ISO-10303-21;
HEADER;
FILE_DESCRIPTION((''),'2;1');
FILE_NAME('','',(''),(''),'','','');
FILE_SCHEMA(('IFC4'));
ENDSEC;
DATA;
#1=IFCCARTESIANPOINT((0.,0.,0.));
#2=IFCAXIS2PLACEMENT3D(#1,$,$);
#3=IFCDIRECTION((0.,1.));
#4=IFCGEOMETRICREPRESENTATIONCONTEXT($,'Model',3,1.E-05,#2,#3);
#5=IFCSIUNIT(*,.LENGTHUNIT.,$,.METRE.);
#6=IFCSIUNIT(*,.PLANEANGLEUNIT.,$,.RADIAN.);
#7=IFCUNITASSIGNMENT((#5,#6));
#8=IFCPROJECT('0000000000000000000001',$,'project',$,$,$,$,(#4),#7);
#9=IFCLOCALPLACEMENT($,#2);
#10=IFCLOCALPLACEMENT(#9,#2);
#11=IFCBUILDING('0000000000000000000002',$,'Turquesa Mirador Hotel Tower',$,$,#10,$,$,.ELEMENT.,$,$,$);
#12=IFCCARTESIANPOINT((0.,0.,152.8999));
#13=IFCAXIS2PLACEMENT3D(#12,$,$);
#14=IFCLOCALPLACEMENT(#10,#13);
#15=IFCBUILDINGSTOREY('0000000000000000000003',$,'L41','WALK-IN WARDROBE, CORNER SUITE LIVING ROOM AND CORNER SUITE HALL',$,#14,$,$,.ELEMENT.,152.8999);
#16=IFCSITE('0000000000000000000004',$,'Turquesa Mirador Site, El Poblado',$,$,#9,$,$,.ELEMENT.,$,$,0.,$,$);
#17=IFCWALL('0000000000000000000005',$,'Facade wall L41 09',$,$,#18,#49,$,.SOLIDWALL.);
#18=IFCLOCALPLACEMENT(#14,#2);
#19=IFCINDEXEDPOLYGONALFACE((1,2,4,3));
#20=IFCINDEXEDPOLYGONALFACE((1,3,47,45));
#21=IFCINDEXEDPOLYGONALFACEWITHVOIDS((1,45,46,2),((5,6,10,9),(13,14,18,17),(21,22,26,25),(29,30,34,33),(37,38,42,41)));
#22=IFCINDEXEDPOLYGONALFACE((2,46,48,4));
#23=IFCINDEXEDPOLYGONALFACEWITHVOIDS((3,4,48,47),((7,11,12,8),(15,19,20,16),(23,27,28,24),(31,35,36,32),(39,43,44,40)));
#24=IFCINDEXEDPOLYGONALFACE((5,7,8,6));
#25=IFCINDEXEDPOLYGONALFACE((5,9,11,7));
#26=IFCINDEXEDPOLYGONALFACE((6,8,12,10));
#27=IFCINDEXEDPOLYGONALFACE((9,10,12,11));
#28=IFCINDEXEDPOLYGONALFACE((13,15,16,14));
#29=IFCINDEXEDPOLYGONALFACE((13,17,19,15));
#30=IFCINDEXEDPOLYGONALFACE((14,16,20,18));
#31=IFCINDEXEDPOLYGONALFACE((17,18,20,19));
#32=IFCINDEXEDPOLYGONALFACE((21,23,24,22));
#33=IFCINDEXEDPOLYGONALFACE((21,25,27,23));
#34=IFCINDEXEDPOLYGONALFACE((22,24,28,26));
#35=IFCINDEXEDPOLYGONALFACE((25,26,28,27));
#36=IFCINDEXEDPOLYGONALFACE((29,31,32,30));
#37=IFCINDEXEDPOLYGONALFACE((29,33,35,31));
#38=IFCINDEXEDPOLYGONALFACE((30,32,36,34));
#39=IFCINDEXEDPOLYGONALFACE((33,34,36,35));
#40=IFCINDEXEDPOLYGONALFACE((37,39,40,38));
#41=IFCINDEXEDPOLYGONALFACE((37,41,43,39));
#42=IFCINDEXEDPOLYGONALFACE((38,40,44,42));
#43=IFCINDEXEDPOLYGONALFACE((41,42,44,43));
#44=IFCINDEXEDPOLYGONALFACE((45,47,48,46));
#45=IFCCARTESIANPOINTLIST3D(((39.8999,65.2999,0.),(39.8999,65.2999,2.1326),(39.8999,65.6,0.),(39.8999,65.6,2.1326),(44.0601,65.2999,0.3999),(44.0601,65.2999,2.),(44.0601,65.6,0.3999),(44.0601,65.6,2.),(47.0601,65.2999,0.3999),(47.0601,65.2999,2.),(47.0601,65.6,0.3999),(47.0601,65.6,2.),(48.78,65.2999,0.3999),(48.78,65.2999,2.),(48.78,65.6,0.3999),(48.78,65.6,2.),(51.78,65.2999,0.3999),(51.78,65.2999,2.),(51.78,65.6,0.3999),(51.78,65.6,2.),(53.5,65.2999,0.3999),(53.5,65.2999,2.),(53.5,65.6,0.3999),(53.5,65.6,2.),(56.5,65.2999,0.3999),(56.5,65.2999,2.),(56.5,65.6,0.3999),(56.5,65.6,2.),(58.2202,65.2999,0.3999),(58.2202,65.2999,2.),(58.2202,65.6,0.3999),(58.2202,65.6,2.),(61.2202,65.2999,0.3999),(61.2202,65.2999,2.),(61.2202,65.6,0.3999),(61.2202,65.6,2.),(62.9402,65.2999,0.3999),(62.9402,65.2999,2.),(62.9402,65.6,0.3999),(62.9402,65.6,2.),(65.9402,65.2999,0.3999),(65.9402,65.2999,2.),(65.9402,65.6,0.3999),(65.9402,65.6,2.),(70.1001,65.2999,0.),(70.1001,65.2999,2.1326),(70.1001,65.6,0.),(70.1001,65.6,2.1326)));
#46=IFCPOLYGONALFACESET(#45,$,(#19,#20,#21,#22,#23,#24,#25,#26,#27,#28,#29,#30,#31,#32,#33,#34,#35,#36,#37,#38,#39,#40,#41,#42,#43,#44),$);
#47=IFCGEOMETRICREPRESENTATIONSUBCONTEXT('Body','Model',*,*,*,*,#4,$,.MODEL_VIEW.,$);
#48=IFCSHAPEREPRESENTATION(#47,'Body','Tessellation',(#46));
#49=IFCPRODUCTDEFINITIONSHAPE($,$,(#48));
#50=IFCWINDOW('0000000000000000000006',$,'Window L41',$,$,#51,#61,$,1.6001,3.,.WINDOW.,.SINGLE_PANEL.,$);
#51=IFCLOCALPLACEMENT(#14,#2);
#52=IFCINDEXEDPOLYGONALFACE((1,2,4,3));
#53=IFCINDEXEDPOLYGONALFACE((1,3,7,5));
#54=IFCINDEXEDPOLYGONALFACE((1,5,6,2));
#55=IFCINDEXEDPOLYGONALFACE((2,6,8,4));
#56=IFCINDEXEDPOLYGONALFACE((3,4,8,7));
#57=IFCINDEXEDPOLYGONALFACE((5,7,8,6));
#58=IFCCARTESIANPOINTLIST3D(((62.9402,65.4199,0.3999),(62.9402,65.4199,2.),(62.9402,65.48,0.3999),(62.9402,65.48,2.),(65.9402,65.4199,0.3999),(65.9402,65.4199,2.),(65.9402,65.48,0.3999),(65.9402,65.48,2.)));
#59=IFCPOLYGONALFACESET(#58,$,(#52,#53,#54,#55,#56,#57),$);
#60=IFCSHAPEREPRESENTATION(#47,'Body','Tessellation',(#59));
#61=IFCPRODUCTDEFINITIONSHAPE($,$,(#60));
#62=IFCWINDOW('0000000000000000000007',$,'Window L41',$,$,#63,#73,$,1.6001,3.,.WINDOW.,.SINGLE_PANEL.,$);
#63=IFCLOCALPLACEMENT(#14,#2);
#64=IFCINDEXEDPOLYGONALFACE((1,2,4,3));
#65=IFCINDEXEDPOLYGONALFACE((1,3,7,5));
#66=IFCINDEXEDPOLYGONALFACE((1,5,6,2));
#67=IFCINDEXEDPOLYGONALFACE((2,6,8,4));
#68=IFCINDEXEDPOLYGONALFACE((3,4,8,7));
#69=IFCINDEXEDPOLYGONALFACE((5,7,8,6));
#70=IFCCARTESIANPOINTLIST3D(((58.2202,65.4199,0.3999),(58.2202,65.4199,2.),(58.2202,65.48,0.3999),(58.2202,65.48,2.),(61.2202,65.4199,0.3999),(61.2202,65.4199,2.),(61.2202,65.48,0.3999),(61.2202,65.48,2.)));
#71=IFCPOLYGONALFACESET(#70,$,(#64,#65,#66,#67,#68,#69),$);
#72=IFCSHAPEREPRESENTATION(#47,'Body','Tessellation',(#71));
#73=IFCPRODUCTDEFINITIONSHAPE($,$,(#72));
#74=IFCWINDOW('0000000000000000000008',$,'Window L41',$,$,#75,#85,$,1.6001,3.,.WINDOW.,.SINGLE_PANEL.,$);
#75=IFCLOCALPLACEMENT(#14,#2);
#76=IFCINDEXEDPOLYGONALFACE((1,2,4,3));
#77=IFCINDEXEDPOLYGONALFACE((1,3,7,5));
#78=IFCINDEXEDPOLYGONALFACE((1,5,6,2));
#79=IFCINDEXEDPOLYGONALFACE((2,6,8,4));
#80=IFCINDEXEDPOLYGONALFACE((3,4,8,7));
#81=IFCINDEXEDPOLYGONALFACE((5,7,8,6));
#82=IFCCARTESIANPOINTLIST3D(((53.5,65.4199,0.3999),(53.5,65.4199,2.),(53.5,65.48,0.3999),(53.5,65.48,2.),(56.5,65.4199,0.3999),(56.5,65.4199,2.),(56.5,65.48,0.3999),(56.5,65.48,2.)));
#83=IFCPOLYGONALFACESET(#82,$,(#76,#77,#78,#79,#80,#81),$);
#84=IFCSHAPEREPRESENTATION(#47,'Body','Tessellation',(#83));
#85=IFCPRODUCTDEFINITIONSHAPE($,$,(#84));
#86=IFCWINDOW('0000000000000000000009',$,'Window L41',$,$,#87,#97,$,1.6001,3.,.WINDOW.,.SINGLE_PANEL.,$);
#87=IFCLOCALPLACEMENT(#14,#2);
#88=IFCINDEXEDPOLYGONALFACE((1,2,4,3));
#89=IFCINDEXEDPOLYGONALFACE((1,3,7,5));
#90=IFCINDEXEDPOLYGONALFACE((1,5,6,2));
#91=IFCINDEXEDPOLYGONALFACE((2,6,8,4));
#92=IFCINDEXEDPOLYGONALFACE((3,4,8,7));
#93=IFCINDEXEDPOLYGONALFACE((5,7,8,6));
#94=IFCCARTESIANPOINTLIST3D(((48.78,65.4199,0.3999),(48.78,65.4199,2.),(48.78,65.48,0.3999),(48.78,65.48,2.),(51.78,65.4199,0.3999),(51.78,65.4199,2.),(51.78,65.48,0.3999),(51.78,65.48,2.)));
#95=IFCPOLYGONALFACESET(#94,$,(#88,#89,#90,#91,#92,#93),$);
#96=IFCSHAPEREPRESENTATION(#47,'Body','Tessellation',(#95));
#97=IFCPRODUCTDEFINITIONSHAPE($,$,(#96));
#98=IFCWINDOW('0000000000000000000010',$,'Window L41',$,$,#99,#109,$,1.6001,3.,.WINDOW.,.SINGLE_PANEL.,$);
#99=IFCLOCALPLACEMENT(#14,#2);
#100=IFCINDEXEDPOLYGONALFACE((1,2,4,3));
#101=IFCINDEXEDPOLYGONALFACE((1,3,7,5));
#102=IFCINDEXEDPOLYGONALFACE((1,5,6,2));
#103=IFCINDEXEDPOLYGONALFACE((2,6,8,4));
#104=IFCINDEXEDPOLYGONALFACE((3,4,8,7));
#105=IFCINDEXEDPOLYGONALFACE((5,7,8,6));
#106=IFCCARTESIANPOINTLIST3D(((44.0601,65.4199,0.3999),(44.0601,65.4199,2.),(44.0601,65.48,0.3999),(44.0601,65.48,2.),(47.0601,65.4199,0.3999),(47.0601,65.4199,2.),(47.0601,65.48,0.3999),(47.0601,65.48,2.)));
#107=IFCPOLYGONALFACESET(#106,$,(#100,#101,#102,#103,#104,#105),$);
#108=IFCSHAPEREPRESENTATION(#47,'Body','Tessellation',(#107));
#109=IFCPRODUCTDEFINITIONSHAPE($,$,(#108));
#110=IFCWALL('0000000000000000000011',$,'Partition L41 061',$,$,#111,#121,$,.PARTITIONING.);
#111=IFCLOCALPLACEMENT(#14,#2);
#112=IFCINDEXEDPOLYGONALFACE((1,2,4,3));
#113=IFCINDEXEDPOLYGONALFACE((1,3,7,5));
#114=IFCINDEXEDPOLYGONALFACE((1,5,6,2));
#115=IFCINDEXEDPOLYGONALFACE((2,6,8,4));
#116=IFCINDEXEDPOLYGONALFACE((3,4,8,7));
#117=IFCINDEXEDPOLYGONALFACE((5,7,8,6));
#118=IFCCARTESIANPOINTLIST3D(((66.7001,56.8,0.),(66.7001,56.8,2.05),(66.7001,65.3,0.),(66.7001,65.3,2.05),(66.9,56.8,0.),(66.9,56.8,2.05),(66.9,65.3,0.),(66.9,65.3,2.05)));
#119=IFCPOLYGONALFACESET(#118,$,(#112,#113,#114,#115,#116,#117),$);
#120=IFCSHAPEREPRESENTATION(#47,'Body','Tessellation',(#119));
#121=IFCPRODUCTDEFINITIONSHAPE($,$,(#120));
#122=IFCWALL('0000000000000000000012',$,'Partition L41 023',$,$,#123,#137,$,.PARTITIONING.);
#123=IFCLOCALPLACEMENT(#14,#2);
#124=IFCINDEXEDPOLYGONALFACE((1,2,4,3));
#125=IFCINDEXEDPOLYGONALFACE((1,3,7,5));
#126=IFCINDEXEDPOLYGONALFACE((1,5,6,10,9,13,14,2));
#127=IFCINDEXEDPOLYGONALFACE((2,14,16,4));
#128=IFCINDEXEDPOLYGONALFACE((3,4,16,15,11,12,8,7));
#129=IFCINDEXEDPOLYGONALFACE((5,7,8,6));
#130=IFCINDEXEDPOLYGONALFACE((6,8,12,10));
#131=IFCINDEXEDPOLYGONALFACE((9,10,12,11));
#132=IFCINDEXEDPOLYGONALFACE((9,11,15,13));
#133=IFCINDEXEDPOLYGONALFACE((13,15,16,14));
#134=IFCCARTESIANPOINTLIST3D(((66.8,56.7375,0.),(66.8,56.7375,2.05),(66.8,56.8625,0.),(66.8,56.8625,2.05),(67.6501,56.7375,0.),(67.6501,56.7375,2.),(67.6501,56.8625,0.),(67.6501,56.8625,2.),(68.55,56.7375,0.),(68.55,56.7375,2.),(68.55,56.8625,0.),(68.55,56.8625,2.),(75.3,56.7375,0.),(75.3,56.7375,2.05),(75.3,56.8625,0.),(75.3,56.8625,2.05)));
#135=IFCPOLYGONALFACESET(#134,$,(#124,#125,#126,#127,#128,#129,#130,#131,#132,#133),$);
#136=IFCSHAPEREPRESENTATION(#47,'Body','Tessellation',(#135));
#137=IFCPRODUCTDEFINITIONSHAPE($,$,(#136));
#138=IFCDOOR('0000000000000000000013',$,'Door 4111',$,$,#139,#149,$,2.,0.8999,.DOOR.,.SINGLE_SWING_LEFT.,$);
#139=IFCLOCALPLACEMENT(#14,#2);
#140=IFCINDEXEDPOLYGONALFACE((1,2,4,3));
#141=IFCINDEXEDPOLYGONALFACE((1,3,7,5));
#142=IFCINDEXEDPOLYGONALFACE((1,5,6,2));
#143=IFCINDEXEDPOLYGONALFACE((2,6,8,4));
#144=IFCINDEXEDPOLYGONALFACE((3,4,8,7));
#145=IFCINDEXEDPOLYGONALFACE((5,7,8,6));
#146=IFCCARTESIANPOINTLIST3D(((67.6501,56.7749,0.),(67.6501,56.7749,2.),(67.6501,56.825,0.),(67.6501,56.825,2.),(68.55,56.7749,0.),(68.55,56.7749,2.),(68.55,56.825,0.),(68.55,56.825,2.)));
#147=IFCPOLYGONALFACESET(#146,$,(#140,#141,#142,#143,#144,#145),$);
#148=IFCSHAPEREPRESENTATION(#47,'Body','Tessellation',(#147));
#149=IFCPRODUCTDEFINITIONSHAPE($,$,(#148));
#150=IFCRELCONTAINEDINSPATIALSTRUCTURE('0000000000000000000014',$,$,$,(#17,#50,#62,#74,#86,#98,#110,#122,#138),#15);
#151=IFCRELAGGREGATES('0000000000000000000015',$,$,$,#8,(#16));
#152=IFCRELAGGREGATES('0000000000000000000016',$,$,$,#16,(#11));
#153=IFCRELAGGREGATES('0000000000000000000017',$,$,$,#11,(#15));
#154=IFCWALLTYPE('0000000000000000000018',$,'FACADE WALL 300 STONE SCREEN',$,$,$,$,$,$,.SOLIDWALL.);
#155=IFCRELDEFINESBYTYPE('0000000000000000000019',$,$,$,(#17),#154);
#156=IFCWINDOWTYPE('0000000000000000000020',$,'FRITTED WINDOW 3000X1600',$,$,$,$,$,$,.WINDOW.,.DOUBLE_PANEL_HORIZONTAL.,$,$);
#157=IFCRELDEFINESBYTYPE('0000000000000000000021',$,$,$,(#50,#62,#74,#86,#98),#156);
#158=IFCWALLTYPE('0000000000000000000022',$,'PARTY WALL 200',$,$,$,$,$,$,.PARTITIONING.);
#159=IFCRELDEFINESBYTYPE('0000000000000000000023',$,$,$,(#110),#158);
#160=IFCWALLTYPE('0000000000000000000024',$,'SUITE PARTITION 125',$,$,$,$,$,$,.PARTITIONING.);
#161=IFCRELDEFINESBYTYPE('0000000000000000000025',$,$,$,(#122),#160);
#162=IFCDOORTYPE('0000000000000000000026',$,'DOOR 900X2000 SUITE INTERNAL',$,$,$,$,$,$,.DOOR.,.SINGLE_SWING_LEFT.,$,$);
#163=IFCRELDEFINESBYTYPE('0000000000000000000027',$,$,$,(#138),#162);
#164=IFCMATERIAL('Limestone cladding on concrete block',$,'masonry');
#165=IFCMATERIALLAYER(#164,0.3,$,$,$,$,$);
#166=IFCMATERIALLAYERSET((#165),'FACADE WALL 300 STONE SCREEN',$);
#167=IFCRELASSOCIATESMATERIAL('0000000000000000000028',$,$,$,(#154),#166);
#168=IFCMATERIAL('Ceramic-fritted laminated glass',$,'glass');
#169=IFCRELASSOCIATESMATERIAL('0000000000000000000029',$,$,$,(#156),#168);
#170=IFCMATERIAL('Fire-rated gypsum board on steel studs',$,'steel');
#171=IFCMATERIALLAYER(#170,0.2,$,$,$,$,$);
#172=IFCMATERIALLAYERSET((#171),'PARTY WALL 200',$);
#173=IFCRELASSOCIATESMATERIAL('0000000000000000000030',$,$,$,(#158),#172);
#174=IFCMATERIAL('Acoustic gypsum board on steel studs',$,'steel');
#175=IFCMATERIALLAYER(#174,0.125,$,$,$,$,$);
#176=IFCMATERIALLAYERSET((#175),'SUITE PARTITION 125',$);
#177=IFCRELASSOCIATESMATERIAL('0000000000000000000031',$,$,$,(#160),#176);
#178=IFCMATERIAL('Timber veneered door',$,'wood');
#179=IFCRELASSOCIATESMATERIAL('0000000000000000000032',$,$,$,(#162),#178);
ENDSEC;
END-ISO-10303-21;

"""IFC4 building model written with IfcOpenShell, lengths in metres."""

from ifc_helpers import new_model, si_unit, direction, frame, frame_2d, origin, place, context, subcontext, project, spatial, rectangle, extrude, material, layer, layer_set, type_object, element, fill, save


model = new_model("IFC4")

# Units and contexts
model_context = context("Model", 3, precision=1e-05, world=origin(), true_north=direction((0.0, 1.0)))
body_context = subcontext(model_context, "Body", "Model", "MODEL_VIEW")
ifc_project = project(units=[si_unit("LENGTHUNIT", "METRE"), si_unit("PLANEANGLEUNIT", "RADIAN")], contexts=[model_context])

# Site, building, storey
site_placement = place(None, origin())
site = spatial("IfcSite", under=ifc_project, at=site_placement, Name="Turquesa Mirador Site, El Poblado", CompositionType="ELEMENT", RefElevation=0.0)
building_placement = place(site_placement, origin())
building = spatial("IfcBuilding", under=site, at=building_placement, Name="Turquesa Mirador Hotel Tower", CompositionType="ELEMENT")
storey_placement = place(building_placement, frame((0.0, 0.0, 152.8999)))
storey = spatial("IfcBuildingStorey", under=building, at=storey_placement, Name="L41", Description="WALK-IN WARDROBE, CORNER SUITE LIVING ROOM AND CORNER SUITE HALL", CompositionType="ELEMENT", Elevation=152.8999)

# Shared definitions
ifc_material_1 = material(Name="Limestone cladding on concrete block", Category="masonry")
ifc_layer_1 = layer(ifc_material_1, 0.3)
ifc_layer_set_1 = layer_set([ifc_layer_1], Name="FACADE WALL 300 STONE SCREEN")
wall_type_1 = type_object("IfcWallType", Name="FACADE WALL 300 STONE SCREEN", PredefinedType="SOLIDWALL", material=ifc_layer_set_1)

# Wall, openings, windows
wall_1_placement = place(storey_placement, frame((70.1001, 65.45, 0.0), z_axis=(0.0, 0.0, 1.0), x_axis=(-1.0, 0.0, 0.0)))
wall_1 = element("IfcWall", 1, at=wall_1_placement, inside=storey, type_object=wall_type_1, Name="Facade wall L41 09", PredefinedType="SOLIDWALL", context=body_context, shape_type="SweptSolid", body=[
    extrude(rectangle(XDim=30.2002, YDim=0.3, at=frame_2d((15.1001, 0.0))), origin(), (0.0, 0.0, 1.0), 2.1326),
])
opening_1_placement = place(wall_1_placement, frame((4.1599, 0.0, 0.3999)))
opening_1 = element("IfcOpeningElement", 2, at=opening_1_placement, cuts=wall_1, PredefinedType="OPENING", context=body_context, shape_type="SweptSolid", body=[
    extrude(rectangle(XDim=3.0, YDim=1.6001, at=frame_2d((1.5, 0.8))), frame((0.0, 0.1599, 0.0), z_axis=(0.0, -1.0, 0.0), x_axis=(1.0, 0.0, 0.0)), (0.0, 0.0, 1.0), 0.3201),
])
opening_2_placement = place(wall_1_placement, frame((8.8799, 0.0, 0.3999)))
opening_2 = element("IfcOpeningElement", 3, at=opening_2_placement, cuts=wall_1, PredefinedType="OPENING", context=body_context, shape_type="SweptSolid", body=[
    extrude(rectangle(XDim=3.0, YDim=1.6001, at=frame_2d((1.5, 0.8))), frame((0.0, 0.1599, 0.0), z_axis=(0.0, -1.0, 0.0), x_axis=(1.0, 0.0, 0.0)), (0.0, 0.0, 1.0), 0.3201),
])
opening_3_placement = place(wall_1_placement, frame((13.6001, 0.0, 0.3999)))
opening_3 = element("IfcOpeningElement", 4, at=opening_3_placement, cuts=wall_1, PredefinedType="OPENING", context=body_context, shape_type="SweptSolid", body=[
    extrude(rectangle(XDim=3.0, YDim=1.6001, at=frame_2d((1.5, 0.8))), frame((0.0, 0.1599, 0.0), z_axis=(0.0, -1.0, 0.0), x_axis=(1.0, 0.0, 0.0)), (0.0, 0.0, 1.0), 0.3201),
])
opening_4_placement = place(wall_1_placement, frame((18.3201, 0.0, 0.3999)))
opening_4 = element("IfcOpeningElement", 5, at=opening_4_placement, cuts=wall_1, PredefinedType="OPENING", context=body_context, shape_type="SweptSolid", body=[
    extrude(rectangle(XDim=3.0, YDim=1.6001, at=frame_2d((1.5, 0.8))), frame((0.0, 0.1599, 0.0), z_axis=(0.0, -1.0, 0.0), x_axis=(1.0, 0.0, 0.0)), (0.0, 0.0, 1.0), 0.3201),
])
opening_5_placement = place(wall_1_placement, frame((23.04, 0.0, 0.3999)))
opening_5 = element("IfcOpeningElement", 6, at=opening_5_placement, cuts=wall_1, PredefinedType="OPENING", context=body_context, shape_type="SweptSolid", body=[
    extrude(rectangle(XDim=3.0, YDim=1.6001, at=frame_2d((1.5, 0.8))), frame((0.0, 0.1599, 0.0), z_axis=(0.0, -1.0, 0.0), x_axis=(1.0, 0.0, 0.0)), (0.0, 0.0, 1.0), 0.3201),
])
ifc_material_2 = material(Name="Ceramic-fritted laminated glass", Category="glass")
window_type_1 = type_object("IfcWindowType", Name="FRITTED WINDOW 3000X1600", PartitioningType="DOUBLE_PANEL_HORIZONTAL", PredefinedType="WINDOW", material=ifc_material_2)
window_1_placement = place(opening_1_placement, origin())
window_1 = element("IfcWindow", 7, at=window_1_placement, inside=storey, type_object=window_type_1, Name="Window L41", OverallHeight=1.6001, OverallWidth=3.0, PartitioningType="SINGLE_PANEL", PredefinedType="WINDOW", context=body_context, shape_type="SweptSolid", body=[
    extrude(rectangle(XDim=3.0, YDim=1.6001, at=frame_2d((1.5, 0.8))), frame((0.0, 0.03, 0.0), z_axis=(0.0, -1.0, 0.0), x_axis=(1.0, 0.0, 0.0)), (0.0, 0.0, 1.0), 0.0601),
])
fill(opening_1, window_1)
window_2_placement = place(opening_2_placement, origin())
window_2 = element("IfcWindow", 8, at=window_2_placement, inside=storey, type_object=window_type_1, Name="Window L41", OverallHeight=1.6001, OverallWidth=3.0, PartitioningType="SINGLE_PANEL", PredefinedType="WINDOW", context=body_context, shape_type="SweptSolid", body=[
    extrude(rectangle(XDim=3.0, YDim=1.6001, at=frame_2d((1.5, 0.8))), frame((0.0, 0.03, 0.0), z_axis=(0.0, -1.0, 0.0), x_axis=(1.0, 0.0, 0.0)), (0.0, 0.0, 1.0), 0.0601),
])
fill(opening_2, window_2)
window_3_placement = place(opening_3_placement, origin())
window_3 = element("IfcWindow", 9, at=window_3_placement, inside=storey, type_object=window_type_1, Name="Window L41", OverallHeight=1.6001, OverallWidth=3.0, PartitioningType="SINGLE_PANEL", PredefinedType="WINDOW", context=body_context, shape_type="SweptSolid", body=[
    extrude(rectangle(XDim=3.0, YDim=1.6001, at=frame_2d((1.5, 0.8))), frame((0.0, 0.03, 0.0), z_axis=(0.0, -1.0, 0.0), x_axis=(1.0, 0.0, 0.0)), (0.0, 0.0, 1.0), 0.0601),
])
fill(opening_3, window_3)
window_4_placement = place(opening_4_placement, origin())
window_4 = element("IfcWindow", 10, at=window_4_placement, inside=storey, type_object=window_type_1, Name="Window L41", OverallHeight=1.6001, OverallWidth=3.0, PartitioningType="SINGLE_PANEL", PredefinedType="WINDOW", context=body_context, shape_type="SweptSolid", body=[
    extrude(rectangle(XDim=3.0, YDim=1.6001, at=frame_2d((1.5, 0.8))), frame((0.0, 0.03, 0.0), z_axis=(0.0, -1.0, 0.0), x_axis=(1.0, 0.0, 0.0)), (0.0, 0.0, 1.0), 0.0601),
])
fill(opening_4, window_4)
window_5_placement = place(opening_5_placement, origin())
window_5 = element("IfcWindow", 11, at=window_5_placement, inside=storey, type_object=window_type_1, Name="Window L41", OverallHeight=1.6001, OverallWidth=3.0, PartitioningType="SINGLE_PANEL", PredefinedType="WINDOW", context=body_context, shape_type="SweptSolid", body=[
    extrude(rectangle(XDim=3.0, YDim=1.6001, at=frame_2d((1.5, 0.8))), frame((0.0, 0.03, 0.0), z_axis=(0.0, -1.0, 0.0), x_axis=(1.0, 0.0, 0.0)), (0.0, 0.0, 1.0), 0.0601),
])
fill(opening_5, window_5)

# Wall
ifc_material_3 = material(Name="Fire-rated gypsum board on steel studs", Category="steel")
ifc_layer_2 = layer(ifc_material_3, 0.2)
ifc_layer_set_2 = layer_set([ifc_layer_2], Name="PARTY WALL 200")
wall_type_2 = type_object("IfcWallType", Name="PARTY WALL 200", PredefinedType="PARTITIONING", material=ifc_layer_set_2)
wall_2_placement = place(storey_placement, frame((66.8, 56.8, 0.0), z_axis=(0.0, 0.0, 1.0), x_axis=(0.0, 1.0, 0.0)))
element("IfcWall", 12, at=wall_2_placement, inside=storey, type_object=wall_type_2, Name="Partition L41 061", PredefinedType="PARTITIONING", context=body_context, shape_type="SweptSolid", body=[
    extrude(rectangle(XDim=8.5, YDim=0.2, at=frame_2d((4.25, 0.0))), origin(), (0.0, 0.0, 1.0), 2.05),
])

# Wall, opening, door
ifc_material_4 = material(Name="Acoustic gypsum board on steel studs", Category="steel")
ifc_layer_3 = layer(ifc_material_4, 0.125)
ifc_layer_set_3 = layer_set([ifc_layer_3], Name="SUITE PARTITION 125")
wall_type_3 = type_object("IfcWallType", Name="SUITE PARTITION 125", PredefinedType="PARTITIONING", material=ifc_layer_set_3)
wall_3_placement = place(storey_placement, frame((66.8, 56.8, 0.0), z_axis=(0.0, 0.0, 1.0), x_axis=(1.0, 0.0, 0.0)))
wall_3 = element("IfcWall", 13, at=wall_3_placement, inside=storey, type_object=wall_type_3, Name="Partition L41 023", PredefinedType="PARTITIONING", context=body_context, shape_type="SweptSolid", body=[
    extrude(rectangle(XDim=8.5, YDim=0.125, at=frame_2d((4.25, 0.0))), origin(), (0.0, 0.0, 1.0), 2.05),
])
opening_6_placement = place(wall_3_placement, frame((0.8501, 0.0, 0.0)))
opening_6 = element("IfcOpeningElement", 14, at=opening_6_placement, cuts=wall_3, PredefinedType="OPENING", context=body_context, shape_type="SweptSolid", body=[
    extrude(rectangle(XDim=0.8999, YDim=2.0, at=frame_2d((0.45, 1.0))), frame((0.0, 0.0725, 0.0), z_axis=(0.0, -1.0, 0.0), x_axis=(1.0, 0.0, 0.0)), (0.0, 0.0, 1.0), 0.145),
])
ifc_material_5 = material(Name="Timber veneered door", Category="wood")
door_type = type_object("IfcDoorType", Name="DOOR 900X2000 SUITE INTERNAL", OperationType="SINGLE_SWING_LEFT", PredefinedType="DOOR", material=ifc_material_5)
door_placement = place(opening_6_placement, origin())
door = element("IfcDoor", 15, at=door_placement, inside=storey, type_object=door_type, Name="Door 4111", OperationType="SINGLE_SWING_LEFT", OverallHeight=2.0, OverallWidth=0.8999, PredefinedType="DOOR", context=body_context, shape_type="SweptSolid", body=[
    extrude(rectangle(XDim=0.8999, YDim=2.0, at=frame_2d((0.45, 1.0))), frame((0.0, 0.0249, 0.0), z_axis=(0.0, -1.0, 0.0), x_axis=(1.0, 0.0, 0.0)), (0.0, 0.0, 1.0), 0.05),
])
fill(opening_6, door)

save(model, "model.ifc")
